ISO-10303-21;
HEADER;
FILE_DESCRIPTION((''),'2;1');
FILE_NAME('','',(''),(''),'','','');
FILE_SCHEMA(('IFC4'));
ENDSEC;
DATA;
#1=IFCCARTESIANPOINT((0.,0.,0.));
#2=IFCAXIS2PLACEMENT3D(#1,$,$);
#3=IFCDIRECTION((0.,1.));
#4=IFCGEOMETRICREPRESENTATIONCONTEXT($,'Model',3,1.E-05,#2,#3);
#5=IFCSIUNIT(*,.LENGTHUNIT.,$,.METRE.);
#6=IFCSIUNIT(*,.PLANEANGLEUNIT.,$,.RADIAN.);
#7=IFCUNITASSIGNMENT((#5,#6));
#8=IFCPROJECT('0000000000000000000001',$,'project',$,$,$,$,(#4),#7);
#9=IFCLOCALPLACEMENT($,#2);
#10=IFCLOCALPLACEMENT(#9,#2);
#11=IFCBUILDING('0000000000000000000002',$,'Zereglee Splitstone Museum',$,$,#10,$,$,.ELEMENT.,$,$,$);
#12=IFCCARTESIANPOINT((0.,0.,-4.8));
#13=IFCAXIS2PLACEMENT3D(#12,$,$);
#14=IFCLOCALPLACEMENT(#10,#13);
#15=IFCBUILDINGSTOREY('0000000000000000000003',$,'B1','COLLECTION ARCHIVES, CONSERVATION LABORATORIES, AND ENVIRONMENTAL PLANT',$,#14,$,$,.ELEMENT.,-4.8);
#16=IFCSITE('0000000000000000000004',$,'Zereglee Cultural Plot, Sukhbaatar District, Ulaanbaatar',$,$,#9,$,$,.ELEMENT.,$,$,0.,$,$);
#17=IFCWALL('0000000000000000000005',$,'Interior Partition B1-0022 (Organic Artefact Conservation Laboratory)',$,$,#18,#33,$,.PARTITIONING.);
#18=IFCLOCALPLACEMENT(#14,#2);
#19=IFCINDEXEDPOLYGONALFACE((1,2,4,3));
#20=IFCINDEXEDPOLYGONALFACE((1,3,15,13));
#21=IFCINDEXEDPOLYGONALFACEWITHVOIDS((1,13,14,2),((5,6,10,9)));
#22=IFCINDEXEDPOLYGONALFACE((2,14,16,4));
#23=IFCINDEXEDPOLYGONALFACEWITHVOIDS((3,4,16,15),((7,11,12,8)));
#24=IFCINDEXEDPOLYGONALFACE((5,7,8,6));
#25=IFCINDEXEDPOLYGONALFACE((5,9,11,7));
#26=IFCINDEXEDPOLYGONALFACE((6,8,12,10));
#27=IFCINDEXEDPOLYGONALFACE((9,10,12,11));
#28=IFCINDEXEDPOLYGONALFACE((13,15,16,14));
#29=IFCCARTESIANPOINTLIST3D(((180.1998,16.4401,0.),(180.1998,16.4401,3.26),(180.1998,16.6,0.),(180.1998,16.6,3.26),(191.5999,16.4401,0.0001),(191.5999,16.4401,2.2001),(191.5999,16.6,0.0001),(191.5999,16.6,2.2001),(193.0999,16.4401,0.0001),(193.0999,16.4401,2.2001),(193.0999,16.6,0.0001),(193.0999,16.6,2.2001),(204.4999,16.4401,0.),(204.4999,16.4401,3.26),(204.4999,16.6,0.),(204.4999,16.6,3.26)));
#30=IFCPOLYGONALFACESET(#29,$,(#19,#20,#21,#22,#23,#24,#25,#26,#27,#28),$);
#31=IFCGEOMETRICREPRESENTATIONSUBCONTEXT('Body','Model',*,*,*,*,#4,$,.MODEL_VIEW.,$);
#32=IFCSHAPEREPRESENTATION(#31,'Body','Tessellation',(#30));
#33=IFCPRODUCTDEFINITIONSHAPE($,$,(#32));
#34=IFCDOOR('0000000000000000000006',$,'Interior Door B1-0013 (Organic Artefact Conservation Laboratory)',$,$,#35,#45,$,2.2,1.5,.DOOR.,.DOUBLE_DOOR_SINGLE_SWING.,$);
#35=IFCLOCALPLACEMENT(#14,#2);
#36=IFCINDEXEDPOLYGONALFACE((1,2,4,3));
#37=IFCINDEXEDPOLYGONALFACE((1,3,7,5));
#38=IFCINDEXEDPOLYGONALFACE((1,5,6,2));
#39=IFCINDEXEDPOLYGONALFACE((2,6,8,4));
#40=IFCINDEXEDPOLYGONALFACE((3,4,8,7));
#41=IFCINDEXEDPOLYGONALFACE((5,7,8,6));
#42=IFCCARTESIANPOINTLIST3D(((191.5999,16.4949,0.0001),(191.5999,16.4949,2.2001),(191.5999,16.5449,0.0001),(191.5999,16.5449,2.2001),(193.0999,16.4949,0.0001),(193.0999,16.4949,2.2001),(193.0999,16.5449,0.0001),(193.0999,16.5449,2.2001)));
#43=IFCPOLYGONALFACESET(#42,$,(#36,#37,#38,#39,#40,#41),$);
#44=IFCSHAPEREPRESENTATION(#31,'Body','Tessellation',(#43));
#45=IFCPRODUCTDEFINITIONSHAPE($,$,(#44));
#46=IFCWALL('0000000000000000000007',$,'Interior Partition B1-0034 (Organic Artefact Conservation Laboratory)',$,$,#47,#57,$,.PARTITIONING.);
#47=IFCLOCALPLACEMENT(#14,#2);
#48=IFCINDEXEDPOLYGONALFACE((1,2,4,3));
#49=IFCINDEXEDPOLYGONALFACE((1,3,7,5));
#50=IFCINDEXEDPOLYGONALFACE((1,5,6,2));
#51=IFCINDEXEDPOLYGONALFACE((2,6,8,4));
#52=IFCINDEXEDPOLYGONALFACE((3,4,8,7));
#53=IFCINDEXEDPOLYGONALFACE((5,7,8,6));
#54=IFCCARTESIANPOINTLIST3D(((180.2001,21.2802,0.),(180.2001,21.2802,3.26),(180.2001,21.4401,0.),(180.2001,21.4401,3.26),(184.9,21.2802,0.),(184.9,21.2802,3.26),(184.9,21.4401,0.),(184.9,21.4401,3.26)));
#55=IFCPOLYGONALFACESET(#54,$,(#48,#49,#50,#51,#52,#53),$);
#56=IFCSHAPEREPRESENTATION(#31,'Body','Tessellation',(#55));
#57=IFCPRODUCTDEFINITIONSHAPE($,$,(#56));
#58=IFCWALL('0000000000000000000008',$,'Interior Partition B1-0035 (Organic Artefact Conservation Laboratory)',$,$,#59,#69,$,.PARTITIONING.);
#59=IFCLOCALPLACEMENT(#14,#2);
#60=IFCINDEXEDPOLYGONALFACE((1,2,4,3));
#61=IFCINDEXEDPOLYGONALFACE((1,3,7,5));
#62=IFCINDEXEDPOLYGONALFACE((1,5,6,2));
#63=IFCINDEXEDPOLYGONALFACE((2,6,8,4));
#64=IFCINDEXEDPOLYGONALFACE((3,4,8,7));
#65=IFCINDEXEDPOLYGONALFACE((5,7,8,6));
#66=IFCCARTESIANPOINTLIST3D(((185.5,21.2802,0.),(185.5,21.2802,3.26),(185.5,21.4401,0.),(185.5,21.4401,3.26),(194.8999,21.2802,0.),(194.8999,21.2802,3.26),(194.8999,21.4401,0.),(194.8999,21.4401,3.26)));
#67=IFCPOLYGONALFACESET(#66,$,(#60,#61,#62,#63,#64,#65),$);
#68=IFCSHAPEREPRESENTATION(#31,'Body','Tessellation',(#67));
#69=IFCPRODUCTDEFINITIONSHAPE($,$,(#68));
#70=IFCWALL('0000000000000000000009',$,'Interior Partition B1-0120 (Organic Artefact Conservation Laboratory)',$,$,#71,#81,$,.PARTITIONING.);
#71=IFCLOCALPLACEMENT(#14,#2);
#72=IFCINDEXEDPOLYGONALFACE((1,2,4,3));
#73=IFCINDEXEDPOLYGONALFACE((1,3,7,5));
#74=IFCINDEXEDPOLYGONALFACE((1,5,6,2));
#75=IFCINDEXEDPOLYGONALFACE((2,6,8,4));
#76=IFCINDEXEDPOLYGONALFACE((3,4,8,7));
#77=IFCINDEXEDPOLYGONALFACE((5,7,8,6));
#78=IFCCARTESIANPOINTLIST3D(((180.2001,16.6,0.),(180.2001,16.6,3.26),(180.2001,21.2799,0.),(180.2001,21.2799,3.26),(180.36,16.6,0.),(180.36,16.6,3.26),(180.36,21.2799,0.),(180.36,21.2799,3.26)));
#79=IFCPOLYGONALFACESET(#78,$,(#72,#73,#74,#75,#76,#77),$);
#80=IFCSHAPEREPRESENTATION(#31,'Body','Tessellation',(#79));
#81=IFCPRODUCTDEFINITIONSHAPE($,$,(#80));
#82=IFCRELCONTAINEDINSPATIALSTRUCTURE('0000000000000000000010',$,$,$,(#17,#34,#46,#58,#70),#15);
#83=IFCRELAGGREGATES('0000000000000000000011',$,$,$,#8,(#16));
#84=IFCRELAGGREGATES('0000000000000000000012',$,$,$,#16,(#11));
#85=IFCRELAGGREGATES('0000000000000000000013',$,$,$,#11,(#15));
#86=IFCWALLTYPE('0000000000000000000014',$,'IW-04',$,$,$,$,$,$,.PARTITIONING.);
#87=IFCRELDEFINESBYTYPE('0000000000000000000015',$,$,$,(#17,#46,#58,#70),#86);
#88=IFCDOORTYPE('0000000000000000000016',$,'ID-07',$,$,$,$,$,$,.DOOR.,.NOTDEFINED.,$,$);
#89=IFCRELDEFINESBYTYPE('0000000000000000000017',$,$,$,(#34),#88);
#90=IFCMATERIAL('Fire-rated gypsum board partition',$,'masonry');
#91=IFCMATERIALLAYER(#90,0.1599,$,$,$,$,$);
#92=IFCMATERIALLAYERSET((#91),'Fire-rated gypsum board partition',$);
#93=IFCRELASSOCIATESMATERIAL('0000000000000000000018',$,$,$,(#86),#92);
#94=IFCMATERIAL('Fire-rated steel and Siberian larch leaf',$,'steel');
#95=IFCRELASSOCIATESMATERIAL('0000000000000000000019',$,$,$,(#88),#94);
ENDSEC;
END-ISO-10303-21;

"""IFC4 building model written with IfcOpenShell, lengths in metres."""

from ifc_helpers import new_model, si_unit, direction, frame, frame_2d, origin, place, context, subcontext, project, spatial, rectangle, extrude, material, layer, layer_set, type_object, element, fill, save


model = new_model("IFC4")

# Units and contexts
model_context = context("Model", 3, precision=1e-05, world=origin(), true_north=direction((0.0, 1.0)))
body_context = subcontext(model_context, "Body", "Model", "MODEL_VIEW")
ifc_project = project(units=[si_unit("LENGTHUNIT", "METRE"), si_unit("PLANEANGLEUNIT", "RADIAN")], contexts=[model_context])

# Site, building, storey
site_placement = place(None, origin())
site = spatial("IfcSite", under=ifc_project, at=site_placement, Name="Zereglee Cultural Plot, Sukhbaatar District, Ulaanbaatar", CompositionType="ELEMENT", RefElevation=0.0)
building_placement = place(site_placement, origin())
building = spatial("IfcBuilding", under=site, at=building_placement, Name="Zereglee Splitstone Museum", CompositionType="ELEMENT")
storey_placement = place(building_placement, frame((0.0, 0.0, -4.8)))
storey = spatial("IfcBuildingStorey", under=building, at=storey_placement, Name="B1", Description="COLLECTION ARCHIVES, CONSERVATION LABORATORIES, AND ENVIRONMENTAL PLANT", CompositionType="ELEMENT", Elevation=-4.8)

# Wall, opening, door
ifc_material_1 = material(Name="Fire-rated gypsum board partition", Category="masonry")
ifc_layer_1 = layer(ifc_material_1, 0.1599)
ifc_layer_set_1 = layer_set([ifc_layer_1], Name="Fire-rated gypsum board partition")
wall_type_1 = type_object("IfcWallType", Name="IW-04", PredefinedType="PARTITIONING", material=ifc_layer_set_1)
wall_1_placement = place(storey_placement, frame((180.2, 16.52, 0.0), z_axis=(0.0, 0.0, 1.0), x_axis=(1.0, 0.0, 0.0)))
wall_1 = element("IfcWall", 1, at=wall_1_placement, inside=storey, type_object=wall_type_1, Name="Interior Partition B1-0022 (Organic Artefact Conservation Laboratory)", PredefinedType="PARTITIONING", context=body_context, shape_type="SweptSolid", body=[
    extrude(rectangle(XDim=24.3, YDim=0.1599, at=frame_2d((12.1499, 0.0))), origin(), (0.0, 0.0, 1.0), 3.26),
])
opening_placement = place(wall_1_placement, frame((11.3999, 0.0, 0.0)))
opening = element("IfcOpeningElement", 2, at=opening_placement, cuts=wall_1, PredefinedType="OPENING", context=body_context, shape_type="SweptSolid", body=[
    extrude(rectangle(XDim=1.5, YDim=2.2, at=frame_2d((0.75, 1.1001))), frame((0.0, 0.0947, 0.0), z_axis=(0.0, -1.0, 0.0), x_axis=(1.0, 0.0, 0.0)), (0.0, 0.0, 1.0), 0.1897),
])
ifc_material_2 = material(Name="Fire-rated steel and Siberian larch leaf", Category="steel")
door_type = type_object("IfcDoorType", Name="ID-07", OperationType="NOTDEFINED", PredefinedType="DOOR", material=ifc_material_2)
door_placement = place(opening_placement, origin())
door = element("IfcDoor", 3, at=door_placement, inside=storey, type_object=door_type, Name="Interior Door B1-0013 (Organic Artefact Conservation Laboratory)", OperationType="DOUBLE_DOOR_SINGLE_SWING", OverallHeight=2.2, OverallWidth=1.5, PredefinedType="DOOR", context=body_context, shape_type="SweptSolid", body=[
    extrude(rectangle(XDim=1.5, YDim=2.2, at=frame_2d((0.75, 1.1001))), frame((0.0, 0.0249, 0.0), z_axis=(0.0, -1.0, 0.0), x_axis=(1.0, 0.0, 0.0)), (0.0, 0.0, 1.0), 0.05),
])
fill(opening, door)

# Walls
wall_2_placement = place(storey_placement, frame((180.2, 21.3601, 0.0), z_axis=(0.0, 0.0, 1.0), x_axis=(1.0, 0.0, 0.0)))
element("IfcWall", 4, at=wall_2_placement, inside=storey, type_object=wall_type_1, Name="Interior Partition B1-0034 (Organic Artefact Conservation Laboratory)", PredefinedType="PARTITIONING", context=body_context, shape_type="SweptSolid", body=[
    extrude(rectangle(XDim=4.7, YDim=0.1599, at=frame_2d((2.3501, 0.0))), origin(), (0.0, 0.0, 1.0), 3.26),
])
wall_3_placement = place(storey_placement, frame((185.5, 21.3601, 0.0), z_axis=(0.0, 0.0, 1.0), x_axis=(1.0, 0.0, 0.0)))
element("IfcWall", 5, at=wall_3_placement, inside=storey, type_object=wall_type_1, Name="Interior Partition B1-0035 (Organic Artefact Conservation Laboratory)", PredefinedType="PARTITIONING", context=body_context, shape_type="SweptSolid", body=[
    extrude(rectangle(XDim=9.3999, YDim=0.1599, at=frame_2d((4.7, 0.0))), origin(), (0.0, 0.0, 1.0), 3.26),
])
wall_4_placement = place(storey_placement, frame((180.28, 16.6001, 0.0), z_axis=(0.0, 0.0, 1.0), x_axis=(0.0, 1.0, 0.0)))
element("IfcWall", 6, at=wall_4_placement, inside=storey, type_object=wall_type_1, Name="Interior Partition B1-0120 (Organic Artefact Conservation Laboratory)", PredefinedType="PARTITIONING", context=body_context, shape_type="SweptSolid", body=[
    extrude(rectangle(XDim=4.6799, YDim=0.1599, at=frame_2d((2.3398, 0.0))), origin(), (0.0, 0.0, 1.0), 3.26),
])

save(model, "model.ifc")
